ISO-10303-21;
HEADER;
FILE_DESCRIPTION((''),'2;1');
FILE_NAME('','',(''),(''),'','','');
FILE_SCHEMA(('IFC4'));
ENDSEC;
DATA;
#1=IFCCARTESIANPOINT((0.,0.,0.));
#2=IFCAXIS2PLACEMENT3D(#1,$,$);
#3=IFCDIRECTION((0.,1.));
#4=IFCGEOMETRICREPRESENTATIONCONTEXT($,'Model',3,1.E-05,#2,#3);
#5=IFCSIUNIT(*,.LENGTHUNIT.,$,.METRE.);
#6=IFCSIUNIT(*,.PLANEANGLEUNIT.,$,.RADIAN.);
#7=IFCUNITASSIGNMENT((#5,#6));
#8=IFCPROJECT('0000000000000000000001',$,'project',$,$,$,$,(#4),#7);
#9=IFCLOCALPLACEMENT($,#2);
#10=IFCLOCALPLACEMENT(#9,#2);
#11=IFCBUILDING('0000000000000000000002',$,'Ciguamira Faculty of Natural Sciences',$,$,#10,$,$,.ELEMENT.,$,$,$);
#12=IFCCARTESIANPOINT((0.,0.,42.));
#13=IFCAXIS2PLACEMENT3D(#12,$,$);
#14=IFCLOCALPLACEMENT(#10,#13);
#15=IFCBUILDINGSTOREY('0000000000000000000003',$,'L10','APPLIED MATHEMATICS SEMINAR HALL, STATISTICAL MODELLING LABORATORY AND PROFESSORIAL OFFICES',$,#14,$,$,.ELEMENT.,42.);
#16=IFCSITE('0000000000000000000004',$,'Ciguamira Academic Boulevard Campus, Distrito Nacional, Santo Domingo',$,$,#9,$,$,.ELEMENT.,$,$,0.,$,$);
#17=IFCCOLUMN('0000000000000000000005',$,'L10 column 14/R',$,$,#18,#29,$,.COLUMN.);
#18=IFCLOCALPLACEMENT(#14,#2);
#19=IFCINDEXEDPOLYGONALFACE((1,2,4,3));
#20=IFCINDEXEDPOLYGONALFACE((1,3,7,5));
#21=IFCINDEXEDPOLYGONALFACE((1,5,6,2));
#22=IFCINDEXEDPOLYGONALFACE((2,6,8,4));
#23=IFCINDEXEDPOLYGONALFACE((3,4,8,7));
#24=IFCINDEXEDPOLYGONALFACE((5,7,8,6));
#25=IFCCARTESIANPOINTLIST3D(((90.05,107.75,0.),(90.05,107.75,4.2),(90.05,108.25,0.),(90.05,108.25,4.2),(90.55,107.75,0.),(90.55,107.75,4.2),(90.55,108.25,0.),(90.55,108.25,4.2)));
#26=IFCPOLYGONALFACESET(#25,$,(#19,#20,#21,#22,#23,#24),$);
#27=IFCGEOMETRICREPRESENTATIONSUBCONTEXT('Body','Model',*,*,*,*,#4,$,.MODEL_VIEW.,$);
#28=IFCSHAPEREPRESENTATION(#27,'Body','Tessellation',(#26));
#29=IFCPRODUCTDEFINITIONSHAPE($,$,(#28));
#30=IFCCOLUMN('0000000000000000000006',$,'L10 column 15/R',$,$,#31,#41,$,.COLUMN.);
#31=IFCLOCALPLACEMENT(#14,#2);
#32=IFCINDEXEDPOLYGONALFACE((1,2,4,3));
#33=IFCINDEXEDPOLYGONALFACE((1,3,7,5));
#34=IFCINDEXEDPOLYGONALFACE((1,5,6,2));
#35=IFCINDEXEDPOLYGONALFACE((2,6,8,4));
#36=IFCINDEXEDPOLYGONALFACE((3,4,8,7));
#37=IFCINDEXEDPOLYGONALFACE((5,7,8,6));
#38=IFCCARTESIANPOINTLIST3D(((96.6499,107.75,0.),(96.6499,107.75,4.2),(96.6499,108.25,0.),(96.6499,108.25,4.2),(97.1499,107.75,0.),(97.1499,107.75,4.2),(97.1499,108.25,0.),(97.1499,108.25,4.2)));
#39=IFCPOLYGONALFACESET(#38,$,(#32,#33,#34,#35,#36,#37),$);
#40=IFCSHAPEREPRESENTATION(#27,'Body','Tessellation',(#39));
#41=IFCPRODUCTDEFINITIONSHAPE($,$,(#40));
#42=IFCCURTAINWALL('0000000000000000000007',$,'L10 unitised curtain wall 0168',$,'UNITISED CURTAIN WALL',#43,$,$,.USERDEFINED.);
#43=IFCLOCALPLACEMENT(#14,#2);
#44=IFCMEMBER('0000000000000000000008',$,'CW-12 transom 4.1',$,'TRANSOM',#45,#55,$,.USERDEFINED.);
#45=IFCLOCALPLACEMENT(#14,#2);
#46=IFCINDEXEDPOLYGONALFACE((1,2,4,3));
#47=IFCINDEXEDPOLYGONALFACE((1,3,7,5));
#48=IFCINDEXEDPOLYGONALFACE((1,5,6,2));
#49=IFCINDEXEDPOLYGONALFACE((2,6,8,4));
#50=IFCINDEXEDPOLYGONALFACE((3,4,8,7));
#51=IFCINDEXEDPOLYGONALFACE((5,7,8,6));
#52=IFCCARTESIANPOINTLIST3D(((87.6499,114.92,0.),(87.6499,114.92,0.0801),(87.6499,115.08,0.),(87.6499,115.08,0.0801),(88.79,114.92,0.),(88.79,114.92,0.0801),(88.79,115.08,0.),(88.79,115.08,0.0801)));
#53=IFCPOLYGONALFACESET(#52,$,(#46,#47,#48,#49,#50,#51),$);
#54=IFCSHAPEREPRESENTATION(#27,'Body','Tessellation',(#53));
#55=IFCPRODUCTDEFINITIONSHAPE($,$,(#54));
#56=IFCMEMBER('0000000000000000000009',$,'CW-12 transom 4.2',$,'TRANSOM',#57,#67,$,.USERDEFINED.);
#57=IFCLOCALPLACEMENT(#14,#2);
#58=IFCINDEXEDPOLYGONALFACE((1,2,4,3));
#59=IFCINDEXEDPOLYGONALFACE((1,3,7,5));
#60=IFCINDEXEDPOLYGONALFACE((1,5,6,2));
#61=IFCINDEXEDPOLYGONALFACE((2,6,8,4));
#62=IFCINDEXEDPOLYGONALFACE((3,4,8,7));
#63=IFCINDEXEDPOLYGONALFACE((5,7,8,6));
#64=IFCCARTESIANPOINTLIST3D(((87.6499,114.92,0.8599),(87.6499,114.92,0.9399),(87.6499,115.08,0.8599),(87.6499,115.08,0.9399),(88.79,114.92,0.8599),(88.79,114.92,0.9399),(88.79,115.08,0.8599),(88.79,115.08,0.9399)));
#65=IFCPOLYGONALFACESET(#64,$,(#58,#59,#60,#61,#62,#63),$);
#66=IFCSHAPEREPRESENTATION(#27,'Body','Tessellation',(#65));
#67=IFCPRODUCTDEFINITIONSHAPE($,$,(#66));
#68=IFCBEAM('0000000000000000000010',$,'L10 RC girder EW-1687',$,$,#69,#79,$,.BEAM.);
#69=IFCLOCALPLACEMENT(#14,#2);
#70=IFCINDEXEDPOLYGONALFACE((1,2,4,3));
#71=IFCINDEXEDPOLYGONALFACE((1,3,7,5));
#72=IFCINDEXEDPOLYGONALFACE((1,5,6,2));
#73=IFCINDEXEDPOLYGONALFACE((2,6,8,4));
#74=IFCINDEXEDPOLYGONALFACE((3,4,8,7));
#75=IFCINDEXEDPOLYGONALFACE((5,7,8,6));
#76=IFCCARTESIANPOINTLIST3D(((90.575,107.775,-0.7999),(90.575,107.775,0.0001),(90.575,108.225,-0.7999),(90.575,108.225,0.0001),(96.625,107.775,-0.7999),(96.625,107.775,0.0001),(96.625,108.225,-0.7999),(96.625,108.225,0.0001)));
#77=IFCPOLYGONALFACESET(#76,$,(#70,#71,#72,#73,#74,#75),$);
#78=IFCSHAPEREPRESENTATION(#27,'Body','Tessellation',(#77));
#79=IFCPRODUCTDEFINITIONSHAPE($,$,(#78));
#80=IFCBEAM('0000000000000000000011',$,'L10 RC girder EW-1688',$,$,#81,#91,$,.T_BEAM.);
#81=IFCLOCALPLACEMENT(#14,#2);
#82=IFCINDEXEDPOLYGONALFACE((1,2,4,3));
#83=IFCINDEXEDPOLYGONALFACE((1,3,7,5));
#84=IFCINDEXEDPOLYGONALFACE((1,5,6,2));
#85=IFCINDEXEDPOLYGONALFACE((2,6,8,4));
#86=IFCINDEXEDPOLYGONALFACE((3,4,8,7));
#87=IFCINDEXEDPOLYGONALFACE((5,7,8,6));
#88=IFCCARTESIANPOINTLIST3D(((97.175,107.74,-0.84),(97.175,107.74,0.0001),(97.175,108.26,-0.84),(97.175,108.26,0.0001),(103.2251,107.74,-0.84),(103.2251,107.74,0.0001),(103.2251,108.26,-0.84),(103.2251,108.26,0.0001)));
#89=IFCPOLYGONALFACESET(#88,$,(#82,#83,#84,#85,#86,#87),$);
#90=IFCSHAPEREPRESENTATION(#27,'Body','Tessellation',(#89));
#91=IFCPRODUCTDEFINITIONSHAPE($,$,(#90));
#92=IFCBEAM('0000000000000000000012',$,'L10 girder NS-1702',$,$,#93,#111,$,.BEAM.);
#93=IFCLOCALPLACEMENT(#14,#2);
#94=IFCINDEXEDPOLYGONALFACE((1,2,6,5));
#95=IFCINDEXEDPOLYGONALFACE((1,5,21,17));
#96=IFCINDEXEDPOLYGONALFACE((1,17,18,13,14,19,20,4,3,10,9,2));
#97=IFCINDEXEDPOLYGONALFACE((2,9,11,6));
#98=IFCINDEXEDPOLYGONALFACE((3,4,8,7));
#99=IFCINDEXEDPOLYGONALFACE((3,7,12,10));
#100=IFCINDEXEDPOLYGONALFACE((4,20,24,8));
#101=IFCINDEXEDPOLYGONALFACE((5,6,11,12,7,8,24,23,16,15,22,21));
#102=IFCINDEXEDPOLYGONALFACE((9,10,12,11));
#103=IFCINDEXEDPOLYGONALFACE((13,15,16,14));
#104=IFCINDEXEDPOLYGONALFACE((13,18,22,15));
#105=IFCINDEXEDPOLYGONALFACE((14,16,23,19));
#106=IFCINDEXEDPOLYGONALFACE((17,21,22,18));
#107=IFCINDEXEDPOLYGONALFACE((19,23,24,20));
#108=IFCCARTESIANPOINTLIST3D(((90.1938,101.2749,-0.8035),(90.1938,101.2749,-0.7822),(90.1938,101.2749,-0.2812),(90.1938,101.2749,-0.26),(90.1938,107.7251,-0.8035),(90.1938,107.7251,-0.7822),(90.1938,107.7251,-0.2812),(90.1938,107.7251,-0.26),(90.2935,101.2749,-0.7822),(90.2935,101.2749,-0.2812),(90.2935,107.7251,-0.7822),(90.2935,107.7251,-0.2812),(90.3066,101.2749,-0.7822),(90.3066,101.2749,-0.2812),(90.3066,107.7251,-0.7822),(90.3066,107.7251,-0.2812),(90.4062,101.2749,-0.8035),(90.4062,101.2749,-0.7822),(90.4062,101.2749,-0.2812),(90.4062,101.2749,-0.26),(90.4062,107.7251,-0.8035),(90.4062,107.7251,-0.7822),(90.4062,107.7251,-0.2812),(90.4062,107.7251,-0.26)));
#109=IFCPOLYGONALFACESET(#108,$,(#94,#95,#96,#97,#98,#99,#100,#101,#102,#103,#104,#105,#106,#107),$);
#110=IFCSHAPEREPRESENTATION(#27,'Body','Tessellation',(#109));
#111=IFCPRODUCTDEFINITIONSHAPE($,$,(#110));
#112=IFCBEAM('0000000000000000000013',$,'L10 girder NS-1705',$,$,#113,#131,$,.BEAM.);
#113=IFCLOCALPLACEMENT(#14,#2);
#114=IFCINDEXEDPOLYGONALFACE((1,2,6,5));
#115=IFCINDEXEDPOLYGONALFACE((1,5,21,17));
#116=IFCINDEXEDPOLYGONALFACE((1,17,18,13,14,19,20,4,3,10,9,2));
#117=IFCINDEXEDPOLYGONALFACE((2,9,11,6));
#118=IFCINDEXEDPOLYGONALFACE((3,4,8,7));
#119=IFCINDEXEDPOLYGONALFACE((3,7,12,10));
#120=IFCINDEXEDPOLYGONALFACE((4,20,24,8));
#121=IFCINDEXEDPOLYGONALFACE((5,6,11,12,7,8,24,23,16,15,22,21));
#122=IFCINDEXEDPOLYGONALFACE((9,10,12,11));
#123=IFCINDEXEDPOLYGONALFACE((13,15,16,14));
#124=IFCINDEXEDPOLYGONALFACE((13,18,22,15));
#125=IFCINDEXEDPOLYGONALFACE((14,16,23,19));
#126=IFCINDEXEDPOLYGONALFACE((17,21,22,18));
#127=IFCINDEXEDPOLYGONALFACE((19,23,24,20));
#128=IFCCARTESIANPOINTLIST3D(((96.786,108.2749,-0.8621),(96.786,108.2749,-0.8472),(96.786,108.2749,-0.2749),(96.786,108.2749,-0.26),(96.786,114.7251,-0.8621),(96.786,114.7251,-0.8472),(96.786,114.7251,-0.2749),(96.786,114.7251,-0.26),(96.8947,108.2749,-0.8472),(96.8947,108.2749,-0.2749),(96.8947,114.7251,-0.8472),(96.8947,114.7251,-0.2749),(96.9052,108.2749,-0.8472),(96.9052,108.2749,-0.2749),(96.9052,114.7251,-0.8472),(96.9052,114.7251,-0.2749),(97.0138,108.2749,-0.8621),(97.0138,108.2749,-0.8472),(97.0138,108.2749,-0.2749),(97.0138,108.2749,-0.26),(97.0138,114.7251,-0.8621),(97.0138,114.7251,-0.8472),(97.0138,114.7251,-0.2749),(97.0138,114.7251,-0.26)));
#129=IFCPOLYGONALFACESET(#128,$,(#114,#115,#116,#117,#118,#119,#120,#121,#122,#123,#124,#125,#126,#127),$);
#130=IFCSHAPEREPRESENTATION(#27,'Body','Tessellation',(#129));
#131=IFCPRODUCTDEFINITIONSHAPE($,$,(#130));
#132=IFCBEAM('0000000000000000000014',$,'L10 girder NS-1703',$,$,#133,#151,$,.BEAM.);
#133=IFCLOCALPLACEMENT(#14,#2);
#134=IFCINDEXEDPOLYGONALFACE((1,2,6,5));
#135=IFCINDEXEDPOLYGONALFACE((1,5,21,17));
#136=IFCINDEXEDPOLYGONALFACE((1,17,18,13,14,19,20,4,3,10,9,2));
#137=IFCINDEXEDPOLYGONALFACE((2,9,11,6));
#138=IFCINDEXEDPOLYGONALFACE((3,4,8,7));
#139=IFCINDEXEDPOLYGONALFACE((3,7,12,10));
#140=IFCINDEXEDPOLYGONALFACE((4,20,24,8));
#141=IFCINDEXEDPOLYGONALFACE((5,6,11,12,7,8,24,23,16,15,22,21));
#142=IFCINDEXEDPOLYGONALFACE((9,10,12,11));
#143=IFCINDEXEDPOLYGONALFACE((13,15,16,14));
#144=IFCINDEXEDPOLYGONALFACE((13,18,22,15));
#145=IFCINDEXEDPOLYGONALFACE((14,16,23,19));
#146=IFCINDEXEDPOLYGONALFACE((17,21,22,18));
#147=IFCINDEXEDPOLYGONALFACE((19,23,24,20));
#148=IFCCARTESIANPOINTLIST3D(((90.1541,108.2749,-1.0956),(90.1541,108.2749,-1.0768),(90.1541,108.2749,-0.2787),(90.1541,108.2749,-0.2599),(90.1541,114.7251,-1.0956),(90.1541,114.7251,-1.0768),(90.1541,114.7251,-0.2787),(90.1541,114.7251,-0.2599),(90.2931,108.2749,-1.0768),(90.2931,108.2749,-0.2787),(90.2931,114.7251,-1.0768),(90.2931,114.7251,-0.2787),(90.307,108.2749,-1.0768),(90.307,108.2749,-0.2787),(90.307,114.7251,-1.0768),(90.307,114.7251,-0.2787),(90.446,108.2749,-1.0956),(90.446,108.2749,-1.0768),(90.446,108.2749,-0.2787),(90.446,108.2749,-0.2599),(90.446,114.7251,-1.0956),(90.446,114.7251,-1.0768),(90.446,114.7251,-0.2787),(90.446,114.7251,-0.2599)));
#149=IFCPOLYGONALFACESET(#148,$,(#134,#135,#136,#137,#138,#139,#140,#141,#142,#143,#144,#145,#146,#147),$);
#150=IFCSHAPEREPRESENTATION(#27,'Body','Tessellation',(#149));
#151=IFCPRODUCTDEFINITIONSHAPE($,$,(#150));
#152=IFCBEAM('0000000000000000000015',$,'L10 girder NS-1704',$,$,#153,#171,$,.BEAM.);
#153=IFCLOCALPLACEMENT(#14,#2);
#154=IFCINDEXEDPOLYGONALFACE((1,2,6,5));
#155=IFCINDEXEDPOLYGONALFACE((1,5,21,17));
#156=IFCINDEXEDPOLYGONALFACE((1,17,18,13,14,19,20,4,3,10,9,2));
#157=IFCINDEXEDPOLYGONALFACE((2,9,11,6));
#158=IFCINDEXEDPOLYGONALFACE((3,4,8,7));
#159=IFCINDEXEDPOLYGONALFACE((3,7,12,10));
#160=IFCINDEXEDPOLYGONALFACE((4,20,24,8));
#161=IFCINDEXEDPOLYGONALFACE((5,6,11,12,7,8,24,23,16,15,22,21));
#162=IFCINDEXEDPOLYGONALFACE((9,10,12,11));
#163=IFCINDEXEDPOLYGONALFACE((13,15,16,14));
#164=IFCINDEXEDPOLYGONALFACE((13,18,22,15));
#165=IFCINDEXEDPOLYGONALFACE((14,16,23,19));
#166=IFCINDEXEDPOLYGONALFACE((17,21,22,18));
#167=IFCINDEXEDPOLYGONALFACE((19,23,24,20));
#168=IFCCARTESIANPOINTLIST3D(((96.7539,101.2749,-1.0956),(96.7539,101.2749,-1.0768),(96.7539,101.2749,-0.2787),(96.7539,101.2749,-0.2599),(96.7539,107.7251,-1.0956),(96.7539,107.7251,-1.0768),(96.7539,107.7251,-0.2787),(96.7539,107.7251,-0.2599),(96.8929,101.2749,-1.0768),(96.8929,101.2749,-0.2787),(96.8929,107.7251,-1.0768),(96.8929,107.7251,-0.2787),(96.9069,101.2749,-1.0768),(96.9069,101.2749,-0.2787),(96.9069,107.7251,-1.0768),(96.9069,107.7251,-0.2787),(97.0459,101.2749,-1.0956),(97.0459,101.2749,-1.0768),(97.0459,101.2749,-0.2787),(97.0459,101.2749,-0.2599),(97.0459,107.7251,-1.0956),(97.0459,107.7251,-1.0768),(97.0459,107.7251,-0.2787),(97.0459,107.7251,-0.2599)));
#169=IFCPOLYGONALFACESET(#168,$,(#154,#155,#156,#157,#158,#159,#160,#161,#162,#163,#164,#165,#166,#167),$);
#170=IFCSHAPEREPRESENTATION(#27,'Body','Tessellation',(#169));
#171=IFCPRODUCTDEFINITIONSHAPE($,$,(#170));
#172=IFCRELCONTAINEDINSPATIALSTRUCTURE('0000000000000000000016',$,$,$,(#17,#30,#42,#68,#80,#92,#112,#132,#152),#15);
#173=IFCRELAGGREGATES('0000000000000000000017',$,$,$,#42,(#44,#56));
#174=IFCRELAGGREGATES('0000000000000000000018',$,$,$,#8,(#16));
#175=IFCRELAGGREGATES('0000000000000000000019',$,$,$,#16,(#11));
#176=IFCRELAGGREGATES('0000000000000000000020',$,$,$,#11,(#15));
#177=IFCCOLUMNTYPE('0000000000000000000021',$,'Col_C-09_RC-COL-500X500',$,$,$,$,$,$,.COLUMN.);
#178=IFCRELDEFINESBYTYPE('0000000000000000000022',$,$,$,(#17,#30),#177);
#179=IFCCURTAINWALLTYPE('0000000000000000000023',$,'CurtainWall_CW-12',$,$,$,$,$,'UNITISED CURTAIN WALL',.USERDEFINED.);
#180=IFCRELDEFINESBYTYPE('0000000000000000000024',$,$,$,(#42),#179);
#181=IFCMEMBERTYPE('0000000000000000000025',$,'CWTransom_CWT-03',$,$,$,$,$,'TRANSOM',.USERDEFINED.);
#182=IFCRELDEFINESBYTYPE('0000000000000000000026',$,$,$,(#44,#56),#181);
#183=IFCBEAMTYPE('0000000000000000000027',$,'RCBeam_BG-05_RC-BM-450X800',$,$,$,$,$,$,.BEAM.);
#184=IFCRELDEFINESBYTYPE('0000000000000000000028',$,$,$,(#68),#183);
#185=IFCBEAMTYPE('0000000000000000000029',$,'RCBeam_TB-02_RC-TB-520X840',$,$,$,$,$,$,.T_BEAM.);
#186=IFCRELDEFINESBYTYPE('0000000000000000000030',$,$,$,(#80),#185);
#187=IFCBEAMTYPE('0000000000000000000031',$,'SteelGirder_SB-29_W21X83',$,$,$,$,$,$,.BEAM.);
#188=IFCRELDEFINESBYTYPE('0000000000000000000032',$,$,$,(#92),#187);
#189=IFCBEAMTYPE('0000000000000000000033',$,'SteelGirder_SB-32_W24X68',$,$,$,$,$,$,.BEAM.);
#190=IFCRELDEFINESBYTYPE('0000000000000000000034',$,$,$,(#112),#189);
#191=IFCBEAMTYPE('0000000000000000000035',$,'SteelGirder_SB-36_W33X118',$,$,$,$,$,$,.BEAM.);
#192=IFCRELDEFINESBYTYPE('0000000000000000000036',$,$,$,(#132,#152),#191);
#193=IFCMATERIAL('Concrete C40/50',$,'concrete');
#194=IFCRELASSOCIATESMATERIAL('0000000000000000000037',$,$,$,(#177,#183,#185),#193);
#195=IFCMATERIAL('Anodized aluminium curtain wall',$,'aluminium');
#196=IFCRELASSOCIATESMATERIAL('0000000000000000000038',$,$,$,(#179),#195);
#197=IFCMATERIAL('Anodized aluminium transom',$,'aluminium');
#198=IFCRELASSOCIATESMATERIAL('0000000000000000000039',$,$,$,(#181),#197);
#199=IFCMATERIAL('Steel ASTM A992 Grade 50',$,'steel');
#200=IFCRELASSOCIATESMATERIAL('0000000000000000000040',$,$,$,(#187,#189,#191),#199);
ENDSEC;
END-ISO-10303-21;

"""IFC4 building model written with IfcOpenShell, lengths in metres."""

from ifc_helpers import new_model, si_unit, direction, frame, origin, origin_2d, place, context, subcontext, project, spatial, rectangle, i_section, extrude, material, material_profile, profile_set, type_object, element, aggregate, save


model = new_model("IFC4")

# Units and contexts
model_context = context("Model", 3, precision=1e-05, world=origin(), true_north=direction((0.0, 1.0)))
body_context = subcontext(model_context, "Body", "Model", "MODEL_VIEW")
ifc_project = project(units=[si_unit("LENGTHUNIT", "METRE"), si_unit("PLANEANGLEUNIT", "RADIAN")], contexts=[model_context])

# Site, building, storey
site_placement = place(None, origin())
site = spatial("IfcSite", under=ifc_project, at=site_placement, Name="Ciguamira Academic Boulevard Campus, Distrito Nacional, Santo Domingo", CompositionType="ELEMENT", RefElevation=0.0)
building_placement = place(site_placement, origin())
building = spatial("IfcBuilding", under=site, at=building_placement, Name="Ciguamira Faculty of Natural Sciences", CompositionType="ELEMENT")
storey_placement = place(building_placement, frame((0.0, 0.0, 42.0)))
storey = spatial("IfcBuildingStorey", under=building, at=storey_placement, Name="L10", Description="APPLIED MATHEMATICS SEMINAR HALL, STATISTICAL MODELLING LABORATORY AND PROFESSORIAL OFFICES", CompositionType="ELEMENT", Elevation=42.0)

# Columns
ifc_material_1 = material(Name="Concrete C40/50", Category="concrete")
ifc_material_profile_1 = material_profile(ifc_material_1, rectangle(XDim=0.5, YDim=0.5, at=origin_2d()), Name="RC-COL-500X500")
ifc_profile_set_1 = profile_set([ifc_material_profile_1], Name="Concrete C40/50")
column_type = type_object("IfcColumnType", Name="Col_C-09_RC-COL-500X500", PredefinedType="COLUMN", material=ifc_profile_set_1)
for number, where, z_axis, x_axis, name in (
    (1, (90.3, 108.0, 0.0), (0.0, 0.0, 1.0), (1.0, 0.0, 0.0), "L10 column 14/R"),
    (2, (96.8999, 108.0, 0.0), (0.0, 0.0, 1.0), (1.0, 0.0, 0.0), "L10 column 15/R"),
):
    element("IfcColumn", number, at=place(storey_placement, frame(where, z_axis=z_axis, x_axis=x_axis)), inside=storey, type_object=column_type, Name=name, PredefinedType="COLUMN", context=body_context, shape_type="SweptSolid", body=[
        extrude(rectangle(XDim=0.5, YDim=0.5, at=origin_2d()), origin(), (0.0, 0.0, 1.0), 4.2),
    ])

# Curtain wall, members
ifc_material_2 = material(Name="Anodized aluminium curtain wall", Category="aluminium")
curtain_wall_type = type_object("IfcCurtainWallType", Name="CurtainWall_CW-12", ElementType="UNITISED CURTAIN WALL", PredefinedType="USERDEFINED", material=ifc_material_2)
curtain_wall_placement = place(storey_placement, origin())
curtain_wall = element("IfcCurtainWall", 3, at=curtain_wall_placement, inside=storey, type_object=curtain_wall_type, Name="L10 unitised curtain wall 0168", ObjectType="UNITISED CURTAIN WALL", PredefinedType="USERDEFINED")
ifc_material_3 = material(Name="Anodized aluminium transom", Category="aluminium")
ifc_material_profile_2 = material_profile(ifc_material_3, rectangle(XDim=0.0801, YDim=0.1599, at=origin_2d()), Name="ALU-TRN-80X160")
ifc_profile_set_2 = profile_set([ifc_material_profile_2], Name="Anodized aluminium transom")
member_type = type_object("IfcMemberType", Name="CWTransom_CWT-03", ElementType="TRANSOM", PredefinedType="USERDEFINED", material=ifc_profile_set_2)
member_1_placement = place(storey_placement, frame((87.6499, 115.0, 0.04), z_axis=(1.0, 0.0, 0.0), x_axis=(0.0, 0.0, 1.0)))
member_1 = element("IfcMember", 4, at=member_1_placement, type_object=member_type, Name="CW-12 transom 4.1", ObjectType="TRANSOM", PredefinedType="USERDEFINED", context=body_context, shape_type="SweptSolid", body=[
    extrude(rectangle(XDim=0.0801, YDim=0.1599, at=origin_2d()), origin(), (0.0, 0.0, 1.0), 1.1401),
])
member_2_placement = place(storey_placement, frame((87.6499, 115.0, 0.8999), z_axis=(1.0, 0.0, 0.0), x_axis=(0.0, 0.0, 1.0)))
member_2 = element("IfcMember", 5, at=member_2_placement, type_object=member_type, Name="CW-12 transom 4.2", ObjectType="TRANSOM", PredefinedType="USERDEFINED", context=body_context, shape_type="SweptSolid", body=[
    extrude(rectangle(XDim=0.0801, YDim=0.1599, at=origin_2d()), origin(), (0.0, 0.0, 1.0), 1.1401),
])
aggregate(curtain_wall, [member_1, member_2])

# Beams
ifc_material_profile_3 = material_profile(ifc_material_1, rectangle(XDim=0.45, YDim=0.8, at=origin_2d()), Name="RC-BM-450X800")
ifc_profile_set_3 = profile_set([ifc_material_profile_3], Name="Concrete C40/50")
beam_type_1 = type_object("IfcBeamType", Name="RCBeam_BG-05_RC-BM-450X800", PredefinedType="BEAM", material=ifc_profile_set_3)
beam_1_placement = place(storey_placement, frame((90.575, 108.0, -0.3999), z_axis=(1.0, 0.0, 0.0), x_axis=(0.0, 1.0, 0.0)))
element("IfcBeam", 6, at=beam_1_placement, inside=storey, type_object=beam_type_1, Name="L10 RC girder EW-1687", PredefinedType="BEAM", context=body_context, shape_type="SweptSolid", body=[
    extrude(rectangle(XDim=0.45, YDim=0.8, at=origin_2d()), origin(), (0.0, 0.0, 1.0), 6.05),
])
ifc_material_profile_4 = material_profile(ifc_material_1, rectangle(XDim=0.52, YDim=0.8401, at=origin_2d()), Name="RC-TB-520X840")
ifc_profile_set_4 = profile_set([ifc_material_profile_4], Name="Concrete C40/50")
beam_type_2 = type_object("IfcBeamType", Name="RCBeam_TB-02_RC-TB-520X840", PredefinedType="T_BEAM", material=ifc_profile_set_4)
beam_2_placement = place(storey_placement, frame((97.175, 108.0, -0.4199), z_axis=(1.0, 0.0, 0.0), x_axis=(0.0, 1.0, 0.0)))
element("IfcBeam", 7, at=beam_2_placement, inside=storey, type_object=beam_type_2, Name="L10 RC girder EW-1688", PredefinedType="T_BEAM", context=body_context, shape_type="SweptSolid", body=[
    extrude(rectangle(XDim=0.52, YDim=0.8401, at=origin_2d()), origin(), (0.0, 0.0, 1.0), 6.05),
])
ifc_material_4 = material(Name="Steel ASTM A992 Grade 50", Category="steel")
ifc_material_profile_5 = material_profile(ifc_material_4, i_section(OverallWidth=0.2124, OverallDepth=0.5435, WebThickness=0.0132, FlangeThickness=0.0212, at=origin_2d()), Name="W21X83")
ifc_profile_set_5 = profile_set([ifc_material_profile_5], Name="Steel ASTM A992 Grade 50")
beam_type_3 = type_object("IfcBeamType", Name="SteelGirder_SB-29_W21X83", PredefinedType="BEAM", material=ifc_profile_set_5)
beam_3_placement = place(storey_placement, frame((90.3, 101.2749, -0.5317), z_axis=(0.0, 1.0, 0.0), x_axis=(-1.0, 0.0, 0.0)))
element("IfcBeam", 8, at=beam_3_placement, inside=storey, type_object=beam_type_3, Name="L10 girder NS-1702", PredefinedType="BEAM", context=body_context, shape_type="SweptSolid", body=[
    extrude(i_section(OverallWidth=0.2124, OverallDepth=0.5435, WebThickness=0.0132, FlangeThickness=0.0212, at=origin_2d()), origin(), (0.0, 0.0, 1.0), 6.4502),
])
ifc_material_profile_6 = material_profile(ifc_material_4, i_section(OverallWidth=0.2278, OverallDepth=0.6021, WebThickness=0.0105, FlangeThickness=0.0149, at=origin_2d()), Name="W24X68")
ifc_profile_set_6 = profile_set([ifc_material_profile_6], Name="Steel ASTM A992 Grade 50")
beam_type_4 = type_object("IfcBeamType", Name="SteelGirder_SB-32_W24X68", PredefinedType="BEAM", material=ifc_profile_set_6)
beam_4_placement = place(storey_placement, frame((96.8999, 108.2749, -0.561), z_axis=(0.0, 1.0, 0.0), x_axis=(-1.0, 0.0, 0.0)))
element("IfcBeam", 9, at=beam_4_placement, inside=storey, type_object=beam_type_4, Name="L10 girder NS-1705", PredefinedType="BEAM", context=body_context, shape_type="SweptSolid", body=[
    extrude(i_section(OverallWidth=0.2278, OverallDepth=0.6021, WebThickness=0.0105, FlangeThickness=0.0149, at=origin_2d()), origin(), (0.0, 0.0, 1.0), 6.4502),
])
ifc_material_profile_7 = material_profile(ifc_material_4, i_section(OverallWidth=0.292, OverallDepth=0.8357, WebThickness=0.0139, FlangeThickness=0.0188, at=origin_2d()), Name="W33X118")
ifc_profile_set_7 = profile_set([ifc_material_profile_7], Name="Steel ASTM A992 Grade 50")
beam_type_5 = type_object("IfcBeamType", Name="SteelGirder_SB-36_W33X118", PredefinedType="BEAM", material=ifc_profile_set_7)
for number, where, z_axis, x_axis, name in (
    (10, (90.3, 108.2749, -0.6777), (0.0, 1.0, 0.0), (-1.0, 0.0, 0.0), "L10 girder NS-1703"),
    (11, (96.8999, 101.2749, -0.6777), (0.0, 1.0, 0.0), (-1.0, 0.0, 0.0), "L10 girder NS-1704"),
):
    element("IfcBeam", number, at=place(storey_placement, frame(where, z_axis=z_axis, x_axis=x_axis)), inside=storey, type_object=beam_type_5, Name=name, PredefinedType="BEAM", context=body_context, shape_type="SweptSolid", body=[
        extrude(i_section(OverallWidth=0.292, OverallDepth=0.8357, WebThickness=0.0139, FlangeThickness=0.0188, at=origin_2d()), origin(), (0.0, 0.0, 1.0), 6.4502),
    ])

save(model, "model.ifc")
